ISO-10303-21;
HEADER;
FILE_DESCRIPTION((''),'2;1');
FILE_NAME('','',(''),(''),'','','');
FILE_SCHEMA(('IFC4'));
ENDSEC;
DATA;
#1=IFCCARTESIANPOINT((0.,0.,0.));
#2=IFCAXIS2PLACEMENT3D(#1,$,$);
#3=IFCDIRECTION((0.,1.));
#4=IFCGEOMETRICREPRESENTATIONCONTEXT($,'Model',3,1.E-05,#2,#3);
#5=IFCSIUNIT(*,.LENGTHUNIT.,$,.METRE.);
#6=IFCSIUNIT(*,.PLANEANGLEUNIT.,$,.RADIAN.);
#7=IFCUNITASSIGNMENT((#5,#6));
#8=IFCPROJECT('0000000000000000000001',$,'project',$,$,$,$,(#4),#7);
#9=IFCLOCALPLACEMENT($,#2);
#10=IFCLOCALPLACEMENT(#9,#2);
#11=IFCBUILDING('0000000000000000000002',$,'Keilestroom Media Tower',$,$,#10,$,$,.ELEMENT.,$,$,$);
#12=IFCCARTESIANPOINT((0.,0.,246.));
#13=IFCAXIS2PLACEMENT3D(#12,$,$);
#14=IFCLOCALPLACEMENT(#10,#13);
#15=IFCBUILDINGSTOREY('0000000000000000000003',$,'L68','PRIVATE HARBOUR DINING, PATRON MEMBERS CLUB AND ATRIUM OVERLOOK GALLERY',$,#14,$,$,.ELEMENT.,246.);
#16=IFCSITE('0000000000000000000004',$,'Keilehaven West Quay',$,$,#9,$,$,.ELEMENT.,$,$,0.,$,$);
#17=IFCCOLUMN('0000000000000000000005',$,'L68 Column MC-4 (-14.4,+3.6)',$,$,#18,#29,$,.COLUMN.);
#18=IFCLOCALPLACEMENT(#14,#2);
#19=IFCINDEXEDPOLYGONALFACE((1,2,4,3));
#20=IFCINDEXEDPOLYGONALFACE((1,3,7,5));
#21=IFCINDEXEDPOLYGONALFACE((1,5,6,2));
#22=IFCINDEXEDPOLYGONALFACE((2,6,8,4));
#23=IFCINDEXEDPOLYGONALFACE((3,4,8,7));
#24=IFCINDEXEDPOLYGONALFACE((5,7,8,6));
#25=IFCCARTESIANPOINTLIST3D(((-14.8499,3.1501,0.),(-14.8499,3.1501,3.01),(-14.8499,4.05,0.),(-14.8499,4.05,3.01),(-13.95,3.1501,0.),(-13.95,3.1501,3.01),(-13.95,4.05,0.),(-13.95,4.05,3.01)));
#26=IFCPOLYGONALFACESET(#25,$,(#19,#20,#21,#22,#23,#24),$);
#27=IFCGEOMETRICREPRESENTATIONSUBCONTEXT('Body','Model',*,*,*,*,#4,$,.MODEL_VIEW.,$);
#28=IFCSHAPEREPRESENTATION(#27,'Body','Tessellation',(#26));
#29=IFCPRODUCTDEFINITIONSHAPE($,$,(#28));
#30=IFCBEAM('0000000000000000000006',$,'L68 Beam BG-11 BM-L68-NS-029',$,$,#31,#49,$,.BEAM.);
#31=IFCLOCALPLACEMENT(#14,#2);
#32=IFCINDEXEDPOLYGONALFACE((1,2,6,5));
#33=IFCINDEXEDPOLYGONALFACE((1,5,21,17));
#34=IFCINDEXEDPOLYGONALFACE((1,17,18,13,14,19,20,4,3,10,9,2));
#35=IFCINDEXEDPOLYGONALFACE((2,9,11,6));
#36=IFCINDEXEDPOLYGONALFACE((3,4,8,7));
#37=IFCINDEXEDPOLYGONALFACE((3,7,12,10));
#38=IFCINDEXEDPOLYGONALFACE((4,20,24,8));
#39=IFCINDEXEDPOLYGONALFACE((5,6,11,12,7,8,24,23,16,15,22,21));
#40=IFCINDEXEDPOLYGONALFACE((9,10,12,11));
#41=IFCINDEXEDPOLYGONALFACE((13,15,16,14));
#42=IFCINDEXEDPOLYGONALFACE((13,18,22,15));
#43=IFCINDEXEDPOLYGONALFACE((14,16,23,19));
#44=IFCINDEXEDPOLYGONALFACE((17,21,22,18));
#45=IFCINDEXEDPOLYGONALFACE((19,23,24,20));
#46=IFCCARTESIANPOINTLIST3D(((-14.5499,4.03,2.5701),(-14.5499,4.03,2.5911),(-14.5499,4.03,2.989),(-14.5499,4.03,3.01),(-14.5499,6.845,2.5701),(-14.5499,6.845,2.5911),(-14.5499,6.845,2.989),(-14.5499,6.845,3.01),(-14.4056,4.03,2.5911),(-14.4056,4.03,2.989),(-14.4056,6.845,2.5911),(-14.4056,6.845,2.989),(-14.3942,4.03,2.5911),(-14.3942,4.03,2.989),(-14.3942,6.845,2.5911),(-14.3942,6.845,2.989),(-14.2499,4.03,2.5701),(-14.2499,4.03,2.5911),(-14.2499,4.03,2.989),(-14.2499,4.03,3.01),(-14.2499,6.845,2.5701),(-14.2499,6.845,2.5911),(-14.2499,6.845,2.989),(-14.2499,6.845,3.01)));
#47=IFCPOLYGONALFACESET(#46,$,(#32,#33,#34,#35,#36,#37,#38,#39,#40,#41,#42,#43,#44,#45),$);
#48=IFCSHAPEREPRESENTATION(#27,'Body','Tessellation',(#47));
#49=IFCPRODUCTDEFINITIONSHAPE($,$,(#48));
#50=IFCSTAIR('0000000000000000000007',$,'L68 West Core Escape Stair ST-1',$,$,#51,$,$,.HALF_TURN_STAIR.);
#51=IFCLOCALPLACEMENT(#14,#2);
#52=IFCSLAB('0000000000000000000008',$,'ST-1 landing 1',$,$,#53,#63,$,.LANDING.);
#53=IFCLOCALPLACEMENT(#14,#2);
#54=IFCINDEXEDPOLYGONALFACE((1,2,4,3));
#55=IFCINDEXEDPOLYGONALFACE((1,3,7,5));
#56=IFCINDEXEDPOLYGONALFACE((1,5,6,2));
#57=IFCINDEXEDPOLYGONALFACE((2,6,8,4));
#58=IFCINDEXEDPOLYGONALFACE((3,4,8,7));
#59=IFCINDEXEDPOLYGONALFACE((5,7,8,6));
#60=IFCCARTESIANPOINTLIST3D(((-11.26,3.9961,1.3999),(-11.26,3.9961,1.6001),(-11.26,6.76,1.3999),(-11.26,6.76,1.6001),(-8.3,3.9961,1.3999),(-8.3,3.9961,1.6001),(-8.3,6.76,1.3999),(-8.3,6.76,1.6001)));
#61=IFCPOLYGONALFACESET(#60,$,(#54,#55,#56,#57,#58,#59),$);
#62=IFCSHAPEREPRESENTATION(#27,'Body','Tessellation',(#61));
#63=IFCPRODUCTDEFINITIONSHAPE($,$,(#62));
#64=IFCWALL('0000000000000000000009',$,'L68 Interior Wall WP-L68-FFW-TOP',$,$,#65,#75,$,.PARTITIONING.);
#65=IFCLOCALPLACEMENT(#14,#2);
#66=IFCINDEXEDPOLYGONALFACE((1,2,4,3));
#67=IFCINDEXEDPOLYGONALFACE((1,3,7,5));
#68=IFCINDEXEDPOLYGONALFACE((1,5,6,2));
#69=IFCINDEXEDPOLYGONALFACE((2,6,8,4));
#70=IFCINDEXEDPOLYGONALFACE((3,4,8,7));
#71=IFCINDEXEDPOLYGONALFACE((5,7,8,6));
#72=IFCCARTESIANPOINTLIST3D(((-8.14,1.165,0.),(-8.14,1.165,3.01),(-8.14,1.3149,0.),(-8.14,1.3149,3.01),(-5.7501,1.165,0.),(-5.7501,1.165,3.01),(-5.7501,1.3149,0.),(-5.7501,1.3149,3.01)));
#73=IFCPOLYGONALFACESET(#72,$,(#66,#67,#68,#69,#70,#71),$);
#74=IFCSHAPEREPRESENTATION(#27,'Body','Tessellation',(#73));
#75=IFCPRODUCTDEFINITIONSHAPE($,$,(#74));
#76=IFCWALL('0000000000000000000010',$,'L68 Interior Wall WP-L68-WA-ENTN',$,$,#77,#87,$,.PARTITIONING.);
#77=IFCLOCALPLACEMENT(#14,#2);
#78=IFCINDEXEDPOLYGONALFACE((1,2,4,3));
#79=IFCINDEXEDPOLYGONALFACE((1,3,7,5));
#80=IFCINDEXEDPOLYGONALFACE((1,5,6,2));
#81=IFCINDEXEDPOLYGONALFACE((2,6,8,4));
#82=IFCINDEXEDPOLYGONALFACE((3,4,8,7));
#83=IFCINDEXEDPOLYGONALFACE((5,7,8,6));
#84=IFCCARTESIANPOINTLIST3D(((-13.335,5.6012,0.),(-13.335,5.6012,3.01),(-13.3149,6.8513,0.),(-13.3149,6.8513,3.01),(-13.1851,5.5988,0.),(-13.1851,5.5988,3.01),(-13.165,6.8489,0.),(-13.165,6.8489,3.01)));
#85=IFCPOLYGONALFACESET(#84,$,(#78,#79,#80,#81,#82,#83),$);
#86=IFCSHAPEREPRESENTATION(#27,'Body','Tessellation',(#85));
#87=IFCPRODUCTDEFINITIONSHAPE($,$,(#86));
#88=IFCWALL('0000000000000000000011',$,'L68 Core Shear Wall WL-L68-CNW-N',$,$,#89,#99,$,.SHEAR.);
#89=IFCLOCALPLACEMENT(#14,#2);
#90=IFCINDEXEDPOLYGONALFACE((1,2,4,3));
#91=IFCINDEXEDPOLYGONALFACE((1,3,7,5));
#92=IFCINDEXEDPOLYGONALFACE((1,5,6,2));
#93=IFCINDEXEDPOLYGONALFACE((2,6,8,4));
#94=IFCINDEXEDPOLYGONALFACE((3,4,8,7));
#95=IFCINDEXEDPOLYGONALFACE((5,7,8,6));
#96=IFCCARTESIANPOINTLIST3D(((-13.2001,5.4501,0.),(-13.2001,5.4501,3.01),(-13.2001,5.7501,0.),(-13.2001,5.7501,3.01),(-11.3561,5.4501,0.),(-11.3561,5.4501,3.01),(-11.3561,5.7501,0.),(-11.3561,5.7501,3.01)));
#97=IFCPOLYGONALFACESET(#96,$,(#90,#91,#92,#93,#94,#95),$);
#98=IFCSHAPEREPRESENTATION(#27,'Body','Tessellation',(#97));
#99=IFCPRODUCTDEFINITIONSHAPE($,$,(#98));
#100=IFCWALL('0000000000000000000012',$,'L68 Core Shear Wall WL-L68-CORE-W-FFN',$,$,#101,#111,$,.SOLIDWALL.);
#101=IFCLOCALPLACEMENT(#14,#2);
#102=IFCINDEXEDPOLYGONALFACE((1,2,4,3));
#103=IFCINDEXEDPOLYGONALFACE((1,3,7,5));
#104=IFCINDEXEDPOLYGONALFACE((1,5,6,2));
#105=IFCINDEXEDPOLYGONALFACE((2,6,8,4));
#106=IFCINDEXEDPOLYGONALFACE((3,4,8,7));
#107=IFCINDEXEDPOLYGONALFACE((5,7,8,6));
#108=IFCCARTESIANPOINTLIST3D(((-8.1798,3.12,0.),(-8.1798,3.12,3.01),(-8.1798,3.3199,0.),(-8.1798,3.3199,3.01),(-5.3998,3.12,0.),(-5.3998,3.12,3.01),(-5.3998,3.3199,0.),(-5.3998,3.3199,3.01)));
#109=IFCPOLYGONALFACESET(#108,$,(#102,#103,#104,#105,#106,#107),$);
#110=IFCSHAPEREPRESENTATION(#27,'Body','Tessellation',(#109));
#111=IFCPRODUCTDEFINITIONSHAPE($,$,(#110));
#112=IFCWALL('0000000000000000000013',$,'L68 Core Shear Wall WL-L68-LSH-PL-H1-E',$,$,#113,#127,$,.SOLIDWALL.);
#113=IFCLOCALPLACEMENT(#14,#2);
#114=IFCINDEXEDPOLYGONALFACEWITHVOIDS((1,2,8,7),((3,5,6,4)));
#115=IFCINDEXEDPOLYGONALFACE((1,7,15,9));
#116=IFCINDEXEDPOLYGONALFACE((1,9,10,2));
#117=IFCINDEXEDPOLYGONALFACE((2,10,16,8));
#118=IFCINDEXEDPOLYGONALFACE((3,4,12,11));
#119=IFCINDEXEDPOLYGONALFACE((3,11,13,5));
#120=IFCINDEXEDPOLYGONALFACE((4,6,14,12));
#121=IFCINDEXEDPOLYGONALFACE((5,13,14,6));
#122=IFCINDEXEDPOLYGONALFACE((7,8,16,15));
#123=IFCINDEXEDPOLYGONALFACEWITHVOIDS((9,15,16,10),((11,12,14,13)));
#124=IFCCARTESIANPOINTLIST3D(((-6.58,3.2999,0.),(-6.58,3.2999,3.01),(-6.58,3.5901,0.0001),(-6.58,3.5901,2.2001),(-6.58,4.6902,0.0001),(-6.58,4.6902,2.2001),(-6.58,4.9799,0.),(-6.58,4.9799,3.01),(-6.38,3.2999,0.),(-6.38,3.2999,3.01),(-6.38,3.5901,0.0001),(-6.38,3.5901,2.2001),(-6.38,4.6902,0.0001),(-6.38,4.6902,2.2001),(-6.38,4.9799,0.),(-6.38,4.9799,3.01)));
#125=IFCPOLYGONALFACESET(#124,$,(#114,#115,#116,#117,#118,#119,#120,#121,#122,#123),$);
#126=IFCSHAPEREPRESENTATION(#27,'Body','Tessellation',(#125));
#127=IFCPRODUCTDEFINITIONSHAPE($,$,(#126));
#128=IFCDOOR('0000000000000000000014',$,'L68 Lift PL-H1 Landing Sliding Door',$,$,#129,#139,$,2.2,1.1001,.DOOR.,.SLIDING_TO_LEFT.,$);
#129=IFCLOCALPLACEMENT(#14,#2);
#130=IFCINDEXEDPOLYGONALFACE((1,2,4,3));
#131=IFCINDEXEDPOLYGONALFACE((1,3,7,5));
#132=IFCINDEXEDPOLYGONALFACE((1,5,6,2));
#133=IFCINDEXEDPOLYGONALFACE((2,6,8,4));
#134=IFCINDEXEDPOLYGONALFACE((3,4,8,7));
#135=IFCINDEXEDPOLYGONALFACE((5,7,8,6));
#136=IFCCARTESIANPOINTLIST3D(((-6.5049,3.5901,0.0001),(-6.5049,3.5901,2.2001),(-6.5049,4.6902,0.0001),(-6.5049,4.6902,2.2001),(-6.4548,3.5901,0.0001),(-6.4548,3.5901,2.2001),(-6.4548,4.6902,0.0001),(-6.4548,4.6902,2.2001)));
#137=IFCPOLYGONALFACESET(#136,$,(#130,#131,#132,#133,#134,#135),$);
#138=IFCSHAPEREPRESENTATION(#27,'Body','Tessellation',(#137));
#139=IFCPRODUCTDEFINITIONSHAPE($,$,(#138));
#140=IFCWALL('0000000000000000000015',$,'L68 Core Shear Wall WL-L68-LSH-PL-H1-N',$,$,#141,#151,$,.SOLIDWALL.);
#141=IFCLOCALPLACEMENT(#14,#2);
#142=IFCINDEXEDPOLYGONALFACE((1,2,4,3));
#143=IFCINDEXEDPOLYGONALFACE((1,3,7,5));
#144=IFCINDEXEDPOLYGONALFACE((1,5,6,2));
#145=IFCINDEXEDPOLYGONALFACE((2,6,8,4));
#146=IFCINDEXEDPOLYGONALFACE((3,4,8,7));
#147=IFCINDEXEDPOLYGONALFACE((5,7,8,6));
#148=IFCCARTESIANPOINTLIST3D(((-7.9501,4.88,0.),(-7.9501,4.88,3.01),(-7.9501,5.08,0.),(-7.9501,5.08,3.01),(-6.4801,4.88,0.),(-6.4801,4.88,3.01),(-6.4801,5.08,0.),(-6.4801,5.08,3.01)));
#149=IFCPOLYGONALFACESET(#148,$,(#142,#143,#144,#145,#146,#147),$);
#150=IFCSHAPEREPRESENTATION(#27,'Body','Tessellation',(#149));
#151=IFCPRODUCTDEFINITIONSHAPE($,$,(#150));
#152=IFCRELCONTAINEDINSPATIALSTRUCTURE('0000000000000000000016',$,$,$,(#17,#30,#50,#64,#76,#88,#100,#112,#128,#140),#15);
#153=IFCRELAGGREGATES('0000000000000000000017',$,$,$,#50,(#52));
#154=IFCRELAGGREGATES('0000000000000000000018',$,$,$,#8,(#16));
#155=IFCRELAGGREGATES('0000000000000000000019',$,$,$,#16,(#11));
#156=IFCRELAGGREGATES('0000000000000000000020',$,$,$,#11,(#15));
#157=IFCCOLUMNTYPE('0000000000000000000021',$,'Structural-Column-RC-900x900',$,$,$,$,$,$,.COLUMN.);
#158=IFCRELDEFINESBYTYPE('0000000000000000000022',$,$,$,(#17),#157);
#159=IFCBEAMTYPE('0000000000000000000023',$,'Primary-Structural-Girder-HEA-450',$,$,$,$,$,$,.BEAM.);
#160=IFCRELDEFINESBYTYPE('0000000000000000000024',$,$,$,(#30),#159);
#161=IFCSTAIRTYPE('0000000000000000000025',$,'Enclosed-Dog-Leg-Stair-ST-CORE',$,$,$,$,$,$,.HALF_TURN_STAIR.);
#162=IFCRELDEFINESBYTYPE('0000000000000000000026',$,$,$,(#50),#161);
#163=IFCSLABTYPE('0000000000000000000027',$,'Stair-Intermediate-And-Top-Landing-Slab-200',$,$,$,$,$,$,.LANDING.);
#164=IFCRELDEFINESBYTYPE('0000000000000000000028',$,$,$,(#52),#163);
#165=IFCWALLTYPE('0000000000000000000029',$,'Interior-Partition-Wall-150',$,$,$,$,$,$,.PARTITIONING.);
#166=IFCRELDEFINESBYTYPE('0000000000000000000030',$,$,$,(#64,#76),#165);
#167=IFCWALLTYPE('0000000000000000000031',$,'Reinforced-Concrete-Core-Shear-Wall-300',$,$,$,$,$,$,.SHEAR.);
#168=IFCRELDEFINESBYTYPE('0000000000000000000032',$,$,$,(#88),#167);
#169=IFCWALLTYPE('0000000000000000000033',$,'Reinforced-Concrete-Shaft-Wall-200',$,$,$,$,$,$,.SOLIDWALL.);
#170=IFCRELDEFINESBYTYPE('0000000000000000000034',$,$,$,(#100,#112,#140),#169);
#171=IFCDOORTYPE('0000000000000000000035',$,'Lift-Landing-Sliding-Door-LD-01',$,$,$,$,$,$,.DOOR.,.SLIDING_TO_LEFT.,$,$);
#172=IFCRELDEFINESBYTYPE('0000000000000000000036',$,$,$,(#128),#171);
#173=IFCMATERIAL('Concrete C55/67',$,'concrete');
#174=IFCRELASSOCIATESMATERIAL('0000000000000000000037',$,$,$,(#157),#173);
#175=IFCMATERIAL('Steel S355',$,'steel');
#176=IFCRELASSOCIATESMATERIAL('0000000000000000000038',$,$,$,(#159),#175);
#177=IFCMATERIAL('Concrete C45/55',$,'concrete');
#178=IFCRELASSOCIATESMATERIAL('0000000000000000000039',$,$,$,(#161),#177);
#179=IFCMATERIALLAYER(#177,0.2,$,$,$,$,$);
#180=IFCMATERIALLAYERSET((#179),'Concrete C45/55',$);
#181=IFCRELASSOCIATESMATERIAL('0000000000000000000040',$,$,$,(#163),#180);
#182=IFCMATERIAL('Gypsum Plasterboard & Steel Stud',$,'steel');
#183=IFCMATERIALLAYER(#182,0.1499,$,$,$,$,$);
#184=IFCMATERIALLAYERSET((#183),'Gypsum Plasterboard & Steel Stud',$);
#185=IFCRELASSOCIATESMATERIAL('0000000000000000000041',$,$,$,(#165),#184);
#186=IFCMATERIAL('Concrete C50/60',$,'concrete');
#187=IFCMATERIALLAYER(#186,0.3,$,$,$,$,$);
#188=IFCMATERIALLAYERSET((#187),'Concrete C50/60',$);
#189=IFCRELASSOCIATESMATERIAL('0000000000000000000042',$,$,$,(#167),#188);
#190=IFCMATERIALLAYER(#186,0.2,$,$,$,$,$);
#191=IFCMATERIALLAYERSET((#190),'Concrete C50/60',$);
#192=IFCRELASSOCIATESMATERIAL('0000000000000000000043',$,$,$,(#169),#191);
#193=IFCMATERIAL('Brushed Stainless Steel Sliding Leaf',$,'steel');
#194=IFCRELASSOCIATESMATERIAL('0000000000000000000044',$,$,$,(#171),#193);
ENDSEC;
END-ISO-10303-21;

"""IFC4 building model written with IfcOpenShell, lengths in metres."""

from ifc_helpers import new_model, si_unit, direction, frame, frame_2d, origin, origin_2d, place, context, subcontext, project, spatial, polyline, rectangle, i_section, outline, extrude, source, transform, mapped, material, layer, layer_set, material_profile, profile_set, type_object, element, fill, aggregate, save


model = new_model("IFC4")

# Units and contexts
model_context = context("Model", 3, precision=1e-05, world=origin(), true_north=direction((0.0, 1.0)))
body_context = subcontext(model_context, "Body", "Model", "MODEL_VIEW")
ifc_project = project(units=[si_unit("LENGTHUNIT", "METRE"), si_unit("PLANEANGLEUNIT", "RADIAN")], contexts=[model_context])

# Site, building, storey
site_placement = place(None, origin())
site = spatial("IfcSite", under=ifc_project, at=site_placement, Name="Keilehaven West Quay", CompositionType="ELEMENT", RefElevation=0.0)
building_placement = place(site_placement, origin())
building = spatial("IfcBuilding", under=site, at=building_placement, Name="Keilestroom Media Tower", CompositionType="ELEMENT")
storey_placement = place(building_placement, frame((0.0, 0.0, 246.0)))
storey = spatial("IfcBuildingStorey", under=building, at=storey_placement, Name="L68", Description="PRIVATE HARBOUR DINING, PATRON MEMBERS CLUB AND ATRIUM OVERLOOK GALLERY", CompositionType="ELEMENT", Elevation=246.0)

# Column
ifc_material_1 = material(Name="Concrete C55/67", Category="concrete")
ifc_material_profile_1 = material_profile(ifc_material_1, rectangle(XDim=0.8999, YDim=0.8999, at=origin_2d()), Name="RC 900x900")
ifc_profile_set_1 = profile_set([ifc_material_profile_1], Name="Concrete C55/67")
column_type = type_object("IfcColumnType", Name="Structural-Column-RC-900x900", PredefinedType="COLUMN", material=ifc_profile_set_1)
shared_shape_1 = source(origin(), body_context, "Body", "SweptSolid", [
    extrude(rectangle(XDim=0.8999, YDim=0.8999, at=origin_2d()), origin(), (0.0, 0.0, 1.0), 3.01),
])
column_placement = place(storey_placement, frame((-14.3999, 3.6001, 0.0), z_axis=(0.0, 0.0, 1.0), x_axis=(1.0, 0.0, 0.0)))
element("IfcColumn", 1, at=column_placement, inside=storey, type_object=column_type, Name="L68 Column MC-4 (-14.4,+3.6)", PredefinedType="COLUMN", context=body_context, shape_type="MappedRepresentation", body=[
    mapped(shared_shape_1, transform((0.0, 0.0, 0.0), x_axis=(1.0, 0.0, 0.0), y_axis=(0.0, 1.0, 0.0), z_axis=(0.0, 0.0, 1.0), scale=1.0)),
])

# Beam
ifc_material_2 = material(Name="Steel S355", Category="steel")
ifc_material_profile_2 = material_profile(ifc_material_2, i_section(OverallWidth=0.3, OverallDepth=0.4399, WebThickness=0.0115, FlangeThickness=0.021, at=origin_2d()), Name="HEA 450")
ifc_profile_set_2 = profile_set([ifc_material_profile_2], Name="Steel S355")
beam_type = type_object("IfcBeamType", Name="Primary-Structural-Girder-HEA-450", PredefinedType="BEAM", material=ifc_profile_set_2)
shared_shape_2 = source(origin(), body_context, "Body", "SweptSolid", [
    extrude(i_section(OverallWidth=0.3, OverallDepth=0.4399, WebThickness=0.0115, FlangeThickness=0.021, at=origin_2d()), origin(), (0.0, 0.0, 1.0), 2.8149),
])
beam_placement = place(storey_placement, frame((-14.3999, 4.03, 2.79), z_axis=(0.0, 1.0, 0.0), x_axis=(-1.0, 0.0, 0.0)))
element("IfcBeam", 2, at=beam_placement, inside=storey, type_object=beam_type, Name="L68 Beam BG-11 BM-L68-NS-029", PredefinedType="BEAM", context=body_context, shape_type="MappedRepresentation", body=[
    mapped(shared_shape_2, transform((0.0, 0.0, 0.0), x_axis=(1.0, 0.0, 0.0), y_axis=(0.0, 1.0, 0.0), z_axis=(0.0, 0.0, 1.0), scale=1.0)),
])

# Stair, slab
ifc_material_3 = material(Name="Concrete C45/55", Category="concrete")
stair_type = type_object("IfcStairType", Name="Enclosed-Dog-Leg-Stair-ST-CORE", PredefinedType="HALF_TURN_STAIR", material=ifc_material_3)
stair_placement = place(storey_placement, origin())
stair = element("IfcStair", 3, at=stair_placement, inside=storey, type_object=stair_type, Name="L68 West Core Escape Stair ST-1", PredefinedType="HALF_TURN_STAIR")
ifc_layer_1 = layer(ifc_material_3, 0.2)
ifc_layer_set_1 = layer_set([ifc_layer_1], Name="Concrete C45/55")
slab_type = type_object("IfcSlabType", Name="Stair-Intermediate-And-Top-Landing-Slab-200", PredefinedType="LANDING", material=ifc_layer_set_1)
slab_placement = place(storey_placement, frame((0.0, 0.0, 1.3999)))
slab = element("IfcSlab", 4, at=slab_placement, type_object=slab_type, Name="ST-1 landing 1", PredefinedType="LANDING", context=body_context, shape_type="SweptSolid", body=[
    extrude(outline(polyline([(-8.3, 3.9961), (-8.3, 6.76), (-11.26, 6.76), (-11.26, 3.9961), (-8.3, 3.9961)])), origin(), (0.0, 0.0, 1.0), 0.2002),
])

# Walls
ifc_material_4 = material(Name="Gypsum Plasterboard & Steel Stud", Category="steel")
ifc_layer_2 = layer(ifc_material_4, 0.1499)
ifc_layer_set_2 = layer_set([ifc_layer_2], Name="Gypsum Plasterboard & Steel Stud")
wall_type_1 = type_object("IfcWallType", Name="Interior-Partition-Wall-150", PredefinedType="PARTITIONING", material=ifc_layer_set_2)
wall_1_placement = place(storey_placement, frame((-8.1399, 1.24, 0.0), z_axis=(0.0, 0.0, 1.0), x_axis=(1.0, 0.0, 0.0)))
element("IfcWall", 5, at=wall_1_placement, inside=storey, type_object=wall_type_1, Name="L68 Interior Wall WP-L68-FFW-TOP", PredefinedType="PARTITIONING", context=body_context, shape_type="SweptSolid", body=[
    extrude(rectangle(XDim=2.3899, YDim=0.1499, at=frame_2d((1.1948, 0.0))), origin(), (0.0, 0.0, 1.0), 3.01),
])
wall_2_placement = place(storey_placement, frame((-13.26, 5.6001, 0.0), z_axis=(0.0, 0.0, 1.0), x_axis=(0.016014, 0.999872, 0.0)))
element("IfcWall", 6, at=wall_2_placement, inside=storey, type_object=wall_type_1, Name="L68 Interior Wall WP-L68-WA-ENTN", PredefinedType="PARTITIONING", context=body_context, shape_type="SweptSolid", body=[
    extrude(rectangle(XDim=1.2502, YDim=0.1499, at=frame_2d((0.625, 0.0))), origin(), (0.0, 0.0, 1.0), 3.01),
])
ifc_material_5 = material(Name="Concrete C50/60", Category="concrete")
ifc_layer_3 = layer(ifc_material_5, 0.3)
ifc_layer_set_3 = layer_set([ifc_layer_3], Name="Concrete C50/60")
wall_type_2 = type_object("IfcWallType", Name="Reinforced-Concrete-Core-Shear-Wall-300", PredefinedType="SHEAR", material=ifc_layer_set_3)
wall_3_placement = place(storey_placement, frame((-13.2, 5.6001, 0.0), z_axis=(0.0, 0.0, 1.0), x_axis=(1.0, 0.0, 0.0)))
element("IfcWall", 7, at=wall_3_placement, inside=storey, type_object=wall_type_2, Name="L68 Core Shear Wall WL-L68-CNW-N", PredefinedType="SHEAR", context=body_context, shape_type="SweptSolid", body=[
    extrude(rectangle(XDim=1.844, YDim=0.3, at=frame_2d((0.9219, 0.0))), origin(), (0.0, 0.0, 1.0), 3.01),
])
ifc_layer_4 = layer(ifc_material_5, 0.2)
ifc_layer_set_4 = layer_set([ifc_layer_4], Name="Concrete C50/60")
wall_type_3 = type_object("IfcWallType", Name="Reinforced-Concrete-Shaft-Wall-200", PredefinedType="SOLIDWALL", material=ifc_layer_set_4)
wall_4_placement = place(storey_placement, frame((-8.1799, 3.22, 0.0), z_axis=(0.0, 0.0, 1.0), x_axis=(1.0, 0.0, 0.0)))
element("IfcWall", 8, at=wall_4_placement, inside=storey, type_object=wall_type_3, Name="L68 Core Shear Wall WL-L68-CORE-W-FFN", PredefinedType="SOLIDWALL", context=body_context, shape_type="SweptSolid", body=[
    extrude(rectangle(XDim=2.78, YDim=0.2, at=frame_2d((1.3901, 0.0))), origin(), (0.0, 0.0, 1.0), 3.01),
])

# Wall, opening, door
wall_5_placement = place(storey_placement, frame((-6.48, 3.3, 0.0), z_axis=(0.0, 0.0, 1.0), x_axis=(0.0, 1.0, 0.0)))
wall_5 = element("IfcWall", 9, at=wall_5_placement, inside=storey, type_object=wall_type_3, Name="L68 Core Shear Wall WL-L68-LSH-PL-H1-E", PredefinedType="SOLIDWALL", context=body_context, shape_type="SweptSolid", body=[
    extrude(rectangle(XDim=1.6799, YDim=0.2, at=frame_2d((0.8398, 0.0))), origin(), (0.0, 0.0, 1.0), 3.01),
])
opening_1_placement = place(wall_5_placement, frame((0.29, 0.0, 0.0)))
opening_1 = element("IfcOpeningElement", 10, at=opening_1_placement, cuts=wall_5, PredefinedType="OPENING", context=body_context, shape_type="SweptSolid", body=[
    extrude(rectangle(XDim=1.1001, YDim=2.2, at=frame_2d((0.55, 1.1001))), frame((0.0, 0.1099, 0.0), z_axis=(0.0, -1.0, 0.0), x_axis=(1.0, 0.0, 0.0)), (0.0, 0.0, 1.0), 0.22),
])
ifc_material_6 = material(Name="Brushed Stainless Steel Sliding Leaf", Category="steel")
door_type = type_object("IfcDoorType", Name="Lift-Landing-Sliding-Door-LD-01", OperationType="SLIDING_TO_LEFT", PredefinedType="DOOR", material=ifc_material_6)
shared_shape_3 = source(origin(), body_context, "Body", "SweptSolid", [
    extrude(rectangle(XDim=1.1001, YDim=2.2, at=frame_2d((0.55, 1.1001))), frame((0.0, 0.0249, 0.0), z_axis=(0.0, -1.0, 0.0), x_axis=(1.0, 0.0, 0.0)), (0.0, 0.0, 1.0), 0.05),
])
door_1_placement = place(opening_1_placement, origin())
door_1 = element("IfcDoor", 11, at=door_1_placement, inside=storey, type_object=door_type, Name="L68 Lift PL-H1 Landing Sliding Door", OperationType="SLIDING_TO_LEFT", OverallHeight=2.2, OverallWidth=1.1001, PredefinedType="DOOR", context=body_context, shape_type="MappedRepresentation", body=[
    mapped(shared_shape_3, transform((0.0, 0.0, 0.0), x_axis=(1.0, 0.0, 0.0), y_axis=(0.0, 1.0, 0.0), z_axis=(0.0, 0.0, 1.0), scale=1.0)),
])
fill(opening_1, door_1)

# Wall
wall_6_placement = place(storey_placement, frame((-7.95, 4.98, 0.0), z_axis=(0.0, 0.0, 1.0), x_axis=(1.0, 0.0, 0.0)))
element("IfcWall", 12, at=wall_6_placement, inside=storey, type_object=wall_type_3, Name="L68 Core Shear Wall WL-L68-LSH-PL-H1-N", PredefinedType="SOLIDWALL", context=body_context, shape_type="SweptSolid", body=[
    extrude(rectangle(XDim=1.47, YDim=0.2, at=frame_2d((0.7349, 0.0))), origin(), (0.0, 0.0, 1.0), 3.01),
])

aggregate(stair, [slab])

save(model, "model.ifc")
